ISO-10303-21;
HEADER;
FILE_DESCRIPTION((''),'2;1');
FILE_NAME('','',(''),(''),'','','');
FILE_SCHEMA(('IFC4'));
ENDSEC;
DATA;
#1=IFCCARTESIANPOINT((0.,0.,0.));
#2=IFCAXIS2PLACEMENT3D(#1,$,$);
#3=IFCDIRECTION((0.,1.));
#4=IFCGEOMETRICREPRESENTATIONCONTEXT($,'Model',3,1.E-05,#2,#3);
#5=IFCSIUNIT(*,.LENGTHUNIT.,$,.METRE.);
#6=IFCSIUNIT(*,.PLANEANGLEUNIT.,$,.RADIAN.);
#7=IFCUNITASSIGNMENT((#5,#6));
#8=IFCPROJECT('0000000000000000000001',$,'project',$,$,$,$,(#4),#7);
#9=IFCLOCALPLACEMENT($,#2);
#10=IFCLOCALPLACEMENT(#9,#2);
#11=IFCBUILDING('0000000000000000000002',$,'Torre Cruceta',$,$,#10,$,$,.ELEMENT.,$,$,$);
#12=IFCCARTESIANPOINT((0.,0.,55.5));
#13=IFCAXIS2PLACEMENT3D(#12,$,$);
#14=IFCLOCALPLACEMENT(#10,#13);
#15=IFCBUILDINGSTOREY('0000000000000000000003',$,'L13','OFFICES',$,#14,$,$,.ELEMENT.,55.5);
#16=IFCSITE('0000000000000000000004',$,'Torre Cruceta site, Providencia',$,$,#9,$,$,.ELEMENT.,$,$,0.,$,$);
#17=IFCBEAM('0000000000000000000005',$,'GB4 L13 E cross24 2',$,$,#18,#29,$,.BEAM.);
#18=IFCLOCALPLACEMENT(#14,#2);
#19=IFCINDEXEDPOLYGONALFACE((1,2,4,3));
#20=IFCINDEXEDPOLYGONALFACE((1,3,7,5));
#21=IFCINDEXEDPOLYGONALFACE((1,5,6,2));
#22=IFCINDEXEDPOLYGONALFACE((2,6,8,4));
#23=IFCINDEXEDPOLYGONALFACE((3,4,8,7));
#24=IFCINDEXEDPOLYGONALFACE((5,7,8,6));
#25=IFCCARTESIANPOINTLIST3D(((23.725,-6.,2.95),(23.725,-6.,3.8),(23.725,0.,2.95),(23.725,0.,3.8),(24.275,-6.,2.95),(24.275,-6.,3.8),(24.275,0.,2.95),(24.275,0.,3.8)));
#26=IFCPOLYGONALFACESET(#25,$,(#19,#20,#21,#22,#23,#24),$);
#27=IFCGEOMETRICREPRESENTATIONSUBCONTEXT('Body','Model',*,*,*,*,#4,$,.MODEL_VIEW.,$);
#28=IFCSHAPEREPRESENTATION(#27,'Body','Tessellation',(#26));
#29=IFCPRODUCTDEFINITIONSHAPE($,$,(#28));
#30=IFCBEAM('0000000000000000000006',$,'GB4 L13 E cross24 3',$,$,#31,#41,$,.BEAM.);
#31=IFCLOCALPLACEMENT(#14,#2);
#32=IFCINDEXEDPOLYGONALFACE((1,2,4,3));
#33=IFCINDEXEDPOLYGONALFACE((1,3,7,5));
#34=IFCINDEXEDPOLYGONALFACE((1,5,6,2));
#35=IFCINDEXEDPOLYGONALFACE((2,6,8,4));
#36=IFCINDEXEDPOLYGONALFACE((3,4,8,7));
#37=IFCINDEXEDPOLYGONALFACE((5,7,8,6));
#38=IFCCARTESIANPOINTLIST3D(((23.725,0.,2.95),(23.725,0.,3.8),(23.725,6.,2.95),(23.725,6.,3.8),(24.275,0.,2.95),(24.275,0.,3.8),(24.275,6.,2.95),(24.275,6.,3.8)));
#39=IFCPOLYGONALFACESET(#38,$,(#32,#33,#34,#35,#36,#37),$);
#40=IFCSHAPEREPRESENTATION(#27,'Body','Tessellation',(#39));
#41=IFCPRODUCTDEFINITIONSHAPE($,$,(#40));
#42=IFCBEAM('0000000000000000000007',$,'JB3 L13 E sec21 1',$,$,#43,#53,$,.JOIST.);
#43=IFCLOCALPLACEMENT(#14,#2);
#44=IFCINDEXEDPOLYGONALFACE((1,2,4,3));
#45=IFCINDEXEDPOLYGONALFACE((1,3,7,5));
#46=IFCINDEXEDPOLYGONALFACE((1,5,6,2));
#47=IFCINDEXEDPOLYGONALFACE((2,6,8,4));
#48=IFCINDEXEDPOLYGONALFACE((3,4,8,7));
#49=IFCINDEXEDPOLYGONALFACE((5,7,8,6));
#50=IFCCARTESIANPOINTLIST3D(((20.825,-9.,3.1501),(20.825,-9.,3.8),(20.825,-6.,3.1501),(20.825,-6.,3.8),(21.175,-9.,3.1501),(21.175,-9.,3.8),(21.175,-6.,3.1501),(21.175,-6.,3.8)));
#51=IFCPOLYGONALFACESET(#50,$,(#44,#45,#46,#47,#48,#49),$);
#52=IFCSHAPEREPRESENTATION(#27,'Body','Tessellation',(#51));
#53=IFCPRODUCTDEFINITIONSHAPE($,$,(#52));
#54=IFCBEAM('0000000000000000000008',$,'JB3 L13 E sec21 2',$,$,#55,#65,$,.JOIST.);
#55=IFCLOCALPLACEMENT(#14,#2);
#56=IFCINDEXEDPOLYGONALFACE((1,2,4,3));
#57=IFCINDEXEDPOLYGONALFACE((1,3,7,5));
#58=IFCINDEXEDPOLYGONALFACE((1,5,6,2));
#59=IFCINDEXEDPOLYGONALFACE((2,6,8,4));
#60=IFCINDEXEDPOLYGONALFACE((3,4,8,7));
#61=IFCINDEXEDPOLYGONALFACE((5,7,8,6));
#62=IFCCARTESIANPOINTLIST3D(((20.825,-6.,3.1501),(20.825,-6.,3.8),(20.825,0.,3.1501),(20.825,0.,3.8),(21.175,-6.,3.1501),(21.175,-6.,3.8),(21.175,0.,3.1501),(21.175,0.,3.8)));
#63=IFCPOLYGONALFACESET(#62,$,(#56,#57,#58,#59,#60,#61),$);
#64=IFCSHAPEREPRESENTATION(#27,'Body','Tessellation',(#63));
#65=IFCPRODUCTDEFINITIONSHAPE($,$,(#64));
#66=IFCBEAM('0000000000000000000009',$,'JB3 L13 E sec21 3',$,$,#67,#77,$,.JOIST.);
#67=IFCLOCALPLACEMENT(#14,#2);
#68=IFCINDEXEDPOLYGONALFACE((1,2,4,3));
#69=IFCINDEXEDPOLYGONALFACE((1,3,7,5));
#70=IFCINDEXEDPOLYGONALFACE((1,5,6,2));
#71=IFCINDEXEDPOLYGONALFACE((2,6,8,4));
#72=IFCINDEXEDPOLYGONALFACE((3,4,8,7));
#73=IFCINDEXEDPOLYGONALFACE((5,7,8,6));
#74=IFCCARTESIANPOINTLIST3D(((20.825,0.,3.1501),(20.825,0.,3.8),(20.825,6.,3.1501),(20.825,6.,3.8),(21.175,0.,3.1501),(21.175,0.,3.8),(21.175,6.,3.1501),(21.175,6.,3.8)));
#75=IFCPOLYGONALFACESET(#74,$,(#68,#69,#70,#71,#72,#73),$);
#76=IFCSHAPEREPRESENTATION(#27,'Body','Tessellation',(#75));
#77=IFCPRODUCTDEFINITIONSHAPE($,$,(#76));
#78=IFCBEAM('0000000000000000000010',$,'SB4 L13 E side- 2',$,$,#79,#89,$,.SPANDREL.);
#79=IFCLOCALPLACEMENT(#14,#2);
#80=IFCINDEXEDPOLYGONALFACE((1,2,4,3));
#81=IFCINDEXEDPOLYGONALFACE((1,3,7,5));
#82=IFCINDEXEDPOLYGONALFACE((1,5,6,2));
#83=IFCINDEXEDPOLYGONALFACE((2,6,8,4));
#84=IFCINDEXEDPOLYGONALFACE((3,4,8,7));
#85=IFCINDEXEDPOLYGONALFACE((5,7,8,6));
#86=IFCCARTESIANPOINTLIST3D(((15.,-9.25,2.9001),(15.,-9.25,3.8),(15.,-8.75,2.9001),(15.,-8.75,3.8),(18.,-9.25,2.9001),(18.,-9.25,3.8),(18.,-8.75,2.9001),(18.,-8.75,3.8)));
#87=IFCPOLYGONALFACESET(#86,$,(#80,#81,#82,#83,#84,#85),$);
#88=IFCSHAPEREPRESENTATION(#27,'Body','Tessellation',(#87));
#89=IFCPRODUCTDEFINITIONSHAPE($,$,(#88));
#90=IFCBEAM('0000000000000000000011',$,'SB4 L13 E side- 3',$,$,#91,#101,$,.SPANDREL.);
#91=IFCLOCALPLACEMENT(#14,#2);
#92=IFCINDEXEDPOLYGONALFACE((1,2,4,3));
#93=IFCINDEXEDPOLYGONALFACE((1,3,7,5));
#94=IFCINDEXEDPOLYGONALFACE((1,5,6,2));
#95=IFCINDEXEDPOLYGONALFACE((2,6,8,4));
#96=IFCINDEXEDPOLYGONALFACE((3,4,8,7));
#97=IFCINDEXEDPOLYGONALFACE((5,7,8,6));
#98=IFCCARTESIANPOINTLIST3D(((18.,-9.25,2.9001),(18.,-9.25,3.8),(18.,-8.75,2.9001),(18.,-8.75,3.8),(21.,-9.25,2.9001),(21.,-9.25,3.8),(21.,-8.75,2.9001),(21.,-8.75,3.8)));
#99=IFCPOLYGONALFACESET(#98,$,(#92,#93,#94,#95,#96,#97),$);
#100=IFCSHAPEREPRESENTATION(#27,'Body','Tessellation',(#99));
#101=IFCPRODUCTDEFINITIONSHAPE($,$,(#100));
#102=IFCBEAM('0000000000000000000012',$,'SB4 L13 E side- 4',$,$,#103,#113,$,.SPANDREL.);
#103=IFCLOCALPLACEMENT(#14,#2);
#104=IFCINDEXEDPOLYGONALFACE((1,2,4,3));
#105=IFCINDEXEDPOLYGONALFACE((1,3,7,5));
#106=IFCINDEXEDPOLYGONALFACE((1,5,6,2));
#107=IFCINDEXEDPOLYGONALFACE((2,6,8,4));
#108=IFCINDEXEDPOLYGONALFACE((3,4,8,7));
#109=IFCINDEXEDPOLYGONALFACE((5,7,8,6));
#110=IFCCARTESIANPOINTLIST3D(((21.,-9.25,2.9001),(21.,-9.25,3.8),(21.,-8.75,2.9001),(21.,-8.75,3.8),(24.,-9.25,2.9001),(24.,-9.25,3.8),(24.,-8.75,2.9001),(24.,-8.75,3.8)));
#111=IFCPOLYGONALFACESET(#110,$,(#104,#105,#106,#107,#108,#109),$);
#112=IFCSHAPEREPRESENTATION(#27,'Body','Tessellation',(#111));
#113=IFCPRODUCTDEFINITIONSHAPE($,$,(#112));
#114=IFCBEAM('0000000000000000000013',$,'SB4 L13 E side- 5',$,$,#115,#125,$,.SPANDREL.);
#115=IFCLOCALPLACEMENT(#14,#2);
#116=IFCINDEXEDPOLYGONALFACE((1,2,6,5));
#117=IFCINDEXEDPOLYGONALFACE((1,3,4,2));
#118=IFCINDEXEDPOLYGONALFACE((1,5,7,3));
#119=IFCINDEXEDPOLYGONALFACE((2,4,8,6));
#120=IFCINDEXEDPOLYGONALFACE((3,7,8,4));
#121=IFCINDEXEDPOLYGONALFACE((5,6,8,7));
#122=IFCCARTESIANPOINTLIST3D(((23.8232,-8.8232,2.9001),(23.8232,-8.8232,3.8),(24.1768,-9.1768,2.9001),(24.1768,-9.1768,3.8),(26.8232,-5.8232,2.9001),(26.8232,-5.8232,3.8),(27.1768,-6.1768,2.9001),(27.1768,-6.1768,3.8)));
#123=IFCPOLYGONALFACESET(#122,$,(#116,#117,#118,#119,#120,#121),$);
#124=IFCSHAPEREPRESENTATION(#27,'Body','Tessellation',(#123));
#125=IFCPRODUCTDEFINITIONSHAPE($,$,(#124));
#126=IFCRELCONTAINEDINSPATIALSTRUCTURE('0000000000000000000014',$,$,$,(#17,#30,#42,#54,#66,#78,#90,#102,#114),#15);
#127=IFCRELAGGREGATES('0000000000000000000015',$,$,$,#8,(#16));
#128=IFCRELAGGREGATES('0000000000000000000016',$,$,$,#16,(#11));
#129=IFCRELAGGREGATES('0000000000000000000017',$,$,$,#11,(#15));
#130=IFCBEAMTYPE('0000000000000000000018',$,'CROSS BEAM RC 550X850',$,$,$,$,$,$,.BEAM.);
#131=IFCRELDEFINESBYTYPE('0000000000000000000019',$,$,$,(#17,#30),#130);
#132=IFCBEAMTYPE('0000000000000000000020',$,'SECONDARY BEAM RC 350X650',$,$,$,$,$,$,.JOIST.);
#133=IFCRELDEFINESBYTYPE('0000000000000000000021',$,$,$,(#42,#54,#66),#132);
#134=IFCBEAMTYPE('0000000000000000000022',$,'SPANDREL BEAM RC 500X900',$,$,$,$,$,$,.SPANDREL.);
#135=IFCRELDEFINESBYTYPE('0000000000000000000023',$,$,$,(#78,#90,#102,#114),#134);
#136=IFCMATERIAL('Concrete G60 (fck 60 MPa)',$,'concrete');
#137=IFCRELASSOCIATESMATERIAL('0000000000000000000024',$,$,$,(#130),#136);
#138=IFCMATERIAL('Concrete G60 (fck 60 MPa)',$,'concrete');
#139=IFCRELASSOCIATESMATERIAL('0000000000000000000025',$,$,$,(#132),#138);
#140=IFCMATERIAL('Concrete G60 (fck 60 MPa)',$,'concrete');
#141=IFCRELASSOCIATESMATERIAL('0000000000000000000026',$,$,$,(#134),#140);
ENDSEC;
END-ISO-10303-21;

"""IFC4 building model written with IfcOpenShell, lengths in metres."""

from ifc_helpers import new_model, si_unit, direction, frame, origin, origin_2d, place, context, subcontext, project, spatial, rectangle, extrude, material, material_profile, profile_set, type_object, element, save


model = new_model("IFC4")

# Units and contexts
model_context = context("Model", 3, precision=1e-05, world=origin(), true_north=direction((0.0, 1.0)))
body_context = subcontext(model_context, "Body", "Model", "MODEL_VIEW")
ifc_project = project(units=[si_unit("LENGTHUNIT", "METRE"), si_unit("PLANEANGLEUNIT", "RADIAN")], contexts=[model_context])

# Site, building, storey
site_placement = place(None, origin())
site = spatial("IfcSite", under=ifc_project, at=site_placement, Name="Torre Cruceta site, Providencia", CompositionType="ELEMENT", RefElevation=0.0)
building_placement = place(site_placement, origin())
building = spatial("IfcBuilding", under=site, at=building_placement, Name="Torre Cruceta", CompositionType="ELEMENT")
storey_placement = place(building_placement, frame((0.0, 0.0, 55.5)))
storey = spatial("IfcBuildingStorey", under=building, at=storey_placement, Name="L13", Description="OFFICES", CompositionType="ELEMENT", Elevation=55.5)

# Beams
ifc_material_1 = material(Name="Concrete G60 (fck 60 MPa)", Category="concrete")
ifc_material_profile_1 = material_profile(ifc_material_1, rectangle(XDim=0.55, YDim=0.8501, at=origin_2d()), Name="RC 550X850")
ifc_profile_set_1 = profile_set([ifc_material_profile_1], Name="Concrete G60 (fck 60 MPa)")
beam_type_1 = type_object("IfcBeamType", Name="CROSS BEAM RC 550X850", PredefinedType="BEAM", material=ifc_profile_set_1)
for number, where, z_axis, x_axis, name in (
    (1, (24.0, -6.0, 3.375), (0.0, 1.0, 0.0), (-1.0, 0.0, 0.0), "GB4 L13 E cross24 2"),
    (2, (24.0, 0.0, 3.375), (0.0, 1.0, 0.0), (-1.0, 0.0, 0.0), "GB4 L13 E cross24 3"),
):
    element("IfcBeam", number, at=place(storey_placement, frame(where, z_axis=z_axis, x_axis=x_axis)), inside=storey, type_object=beam_type_1, Name=name, PredefinedType="BEAM", context=body_context, shape_type="SweptSolid", body=[
        extrude(rectangle(XDim=0.55, YDim=0.8501, at=origin_2d()), origin(), (0.0, 0.0, 1.0), 6.0),
    ])
ifc_material_2 = material(Name="Concrete G60 (fck 60 MPa)", Category="concrete")
ifc_material_profile_2 = material_profile(ifc_material_2, rectangle(XDim=0.3501, YDim=0.6499, at=origin_2d()), Name="RC 350X650")
ifc_profile_set_2 = profile_set([ifc_material_profile_2], Name="Concrete G60 (fck 60 MPa)")
beam_type_2 = type_object("IfcBeamType", Name="SECONDARY BEAM RC 350X650", PredefinedType="JOIST", material=ifc_profile_set_2)
beam_1_placement = place(storey_placement, frame((21.0, -9.0, 3.4751), z_axis=(0.0, 1.0, 0.0), x_axis=(-1.0, 0.0, 0.0)))
element("IfcBeam", 3, at=beam_1_placement, inside=storey, type_object=beam_type_2, Name="JB3 L13 E sec21 1", PredefinedType="JOIST", context=body_context, shape_type="SweptSolid", body=[
    extrude(rectangle(XDim=0.3501, YDim=0.6499, at=origin_2d()), origin(), (0.0, 0.0, 1.0), 3.0),
])
for number, where, z_axis, x_axis, name in (
    (4, (21.0, -6.0, 3.4751), (0.0, 1.0, 0.0), (-1.0, 0.0, 0.0), "JB3 L13 E sec21 2"),
    (5, (21.0, 0.0, 3.4751), (0.0, 1.0, 0.0), (-1.0, 0.0, 0.0), "JB3 L13 E sec21 3"),
):
    element("IfcBeam", number, at=place(storey_placement, frame(where, z_axis=z_axis, x_axis=x_axis)), inside=storey, type_object=beam_type_2, Name=name, PredefinedType="JOIST", context=body_context, shape_type="SweptSolid", body=[
        extrude(rectangle(XDim=0.3501, YDim=0.6499, at=origin_2d()), origin(), (0.0, 0.0, 1.0), 6.0),
    ])
ifc_material_3 = material(Name="Concrete G60 (fck 60 MPa)", Category="concrete")
ifc_material_profile_3 = material_profile(ifc_material_3, rectangle(XDim=0.5, YDim=0.8999, at=origin_2d()), Name="RC 500X900")
ifc_profile_set_3 = profile_set([ifc_material_profile_3], Name="Concrete G60 (fck 60 MPa)")
beam_type_3 = type_object("IfcBeamType", Name="SPANDREL BEAM RC 500X900", PredefinedType="SPANDREL", material=ifc_profile_set_3)
for number, where, z_axis, x_axis, name in (
    (6, (15.0, -9.0, 3.3501), (1.0, 0.0, 0.0), (0.0, 1.0, 0.0), "SB4 L13 E side- 2"),
    (7, (18.0, -9.0, 3.3501), (1.0, 0.0, 0.0), (0.0, 1.0, 0.0), "SB4 L13 E side- 3"),
    (8, (21.0, -9.0, 3.3501), (1.0, 0.0, 0.0), (0.0, 1.0, 0.0), "SB4 L13 E side- 4"),
):
    element("IfcBeam", number, at=place(storey_placement, frame(where, z_axis=z_axis, x_axis=x_axis)), inside=storey, type_object=beam_type_3, Name=name, PredefinedType="SPANDREL", context=body_context, shape_type="SweptSolid", body=[
        extrude(rectangle(XDim=0.5, YDim=0.8999, at=origin_2d()), origin(), (0.0, 0.0, 1.0), 3.0),
    ])
beam_2_placement = place(storey_placement, frame((24.0, -9.0, 3.3501), z_axis=(0.707107, 0.707107, 0.0), x_axis=(-0.707107, 0.707107, 0.0)))
element("IfcBeam", 9, at=beam_2_placement, inside=storey, type_object=beam_type_3, Name="SB4 L13 E side- 5", PredefinedType="SPANDREL", context=body_context, shape_type="SweptSolid", body=[
    extrude(rectangle(XDim=0.5, YDim=0.8999, at=origin_2d()), origin(), (0.0, 0.0, 1.0), 4.2427),
])

save(model, "model.ifc")
